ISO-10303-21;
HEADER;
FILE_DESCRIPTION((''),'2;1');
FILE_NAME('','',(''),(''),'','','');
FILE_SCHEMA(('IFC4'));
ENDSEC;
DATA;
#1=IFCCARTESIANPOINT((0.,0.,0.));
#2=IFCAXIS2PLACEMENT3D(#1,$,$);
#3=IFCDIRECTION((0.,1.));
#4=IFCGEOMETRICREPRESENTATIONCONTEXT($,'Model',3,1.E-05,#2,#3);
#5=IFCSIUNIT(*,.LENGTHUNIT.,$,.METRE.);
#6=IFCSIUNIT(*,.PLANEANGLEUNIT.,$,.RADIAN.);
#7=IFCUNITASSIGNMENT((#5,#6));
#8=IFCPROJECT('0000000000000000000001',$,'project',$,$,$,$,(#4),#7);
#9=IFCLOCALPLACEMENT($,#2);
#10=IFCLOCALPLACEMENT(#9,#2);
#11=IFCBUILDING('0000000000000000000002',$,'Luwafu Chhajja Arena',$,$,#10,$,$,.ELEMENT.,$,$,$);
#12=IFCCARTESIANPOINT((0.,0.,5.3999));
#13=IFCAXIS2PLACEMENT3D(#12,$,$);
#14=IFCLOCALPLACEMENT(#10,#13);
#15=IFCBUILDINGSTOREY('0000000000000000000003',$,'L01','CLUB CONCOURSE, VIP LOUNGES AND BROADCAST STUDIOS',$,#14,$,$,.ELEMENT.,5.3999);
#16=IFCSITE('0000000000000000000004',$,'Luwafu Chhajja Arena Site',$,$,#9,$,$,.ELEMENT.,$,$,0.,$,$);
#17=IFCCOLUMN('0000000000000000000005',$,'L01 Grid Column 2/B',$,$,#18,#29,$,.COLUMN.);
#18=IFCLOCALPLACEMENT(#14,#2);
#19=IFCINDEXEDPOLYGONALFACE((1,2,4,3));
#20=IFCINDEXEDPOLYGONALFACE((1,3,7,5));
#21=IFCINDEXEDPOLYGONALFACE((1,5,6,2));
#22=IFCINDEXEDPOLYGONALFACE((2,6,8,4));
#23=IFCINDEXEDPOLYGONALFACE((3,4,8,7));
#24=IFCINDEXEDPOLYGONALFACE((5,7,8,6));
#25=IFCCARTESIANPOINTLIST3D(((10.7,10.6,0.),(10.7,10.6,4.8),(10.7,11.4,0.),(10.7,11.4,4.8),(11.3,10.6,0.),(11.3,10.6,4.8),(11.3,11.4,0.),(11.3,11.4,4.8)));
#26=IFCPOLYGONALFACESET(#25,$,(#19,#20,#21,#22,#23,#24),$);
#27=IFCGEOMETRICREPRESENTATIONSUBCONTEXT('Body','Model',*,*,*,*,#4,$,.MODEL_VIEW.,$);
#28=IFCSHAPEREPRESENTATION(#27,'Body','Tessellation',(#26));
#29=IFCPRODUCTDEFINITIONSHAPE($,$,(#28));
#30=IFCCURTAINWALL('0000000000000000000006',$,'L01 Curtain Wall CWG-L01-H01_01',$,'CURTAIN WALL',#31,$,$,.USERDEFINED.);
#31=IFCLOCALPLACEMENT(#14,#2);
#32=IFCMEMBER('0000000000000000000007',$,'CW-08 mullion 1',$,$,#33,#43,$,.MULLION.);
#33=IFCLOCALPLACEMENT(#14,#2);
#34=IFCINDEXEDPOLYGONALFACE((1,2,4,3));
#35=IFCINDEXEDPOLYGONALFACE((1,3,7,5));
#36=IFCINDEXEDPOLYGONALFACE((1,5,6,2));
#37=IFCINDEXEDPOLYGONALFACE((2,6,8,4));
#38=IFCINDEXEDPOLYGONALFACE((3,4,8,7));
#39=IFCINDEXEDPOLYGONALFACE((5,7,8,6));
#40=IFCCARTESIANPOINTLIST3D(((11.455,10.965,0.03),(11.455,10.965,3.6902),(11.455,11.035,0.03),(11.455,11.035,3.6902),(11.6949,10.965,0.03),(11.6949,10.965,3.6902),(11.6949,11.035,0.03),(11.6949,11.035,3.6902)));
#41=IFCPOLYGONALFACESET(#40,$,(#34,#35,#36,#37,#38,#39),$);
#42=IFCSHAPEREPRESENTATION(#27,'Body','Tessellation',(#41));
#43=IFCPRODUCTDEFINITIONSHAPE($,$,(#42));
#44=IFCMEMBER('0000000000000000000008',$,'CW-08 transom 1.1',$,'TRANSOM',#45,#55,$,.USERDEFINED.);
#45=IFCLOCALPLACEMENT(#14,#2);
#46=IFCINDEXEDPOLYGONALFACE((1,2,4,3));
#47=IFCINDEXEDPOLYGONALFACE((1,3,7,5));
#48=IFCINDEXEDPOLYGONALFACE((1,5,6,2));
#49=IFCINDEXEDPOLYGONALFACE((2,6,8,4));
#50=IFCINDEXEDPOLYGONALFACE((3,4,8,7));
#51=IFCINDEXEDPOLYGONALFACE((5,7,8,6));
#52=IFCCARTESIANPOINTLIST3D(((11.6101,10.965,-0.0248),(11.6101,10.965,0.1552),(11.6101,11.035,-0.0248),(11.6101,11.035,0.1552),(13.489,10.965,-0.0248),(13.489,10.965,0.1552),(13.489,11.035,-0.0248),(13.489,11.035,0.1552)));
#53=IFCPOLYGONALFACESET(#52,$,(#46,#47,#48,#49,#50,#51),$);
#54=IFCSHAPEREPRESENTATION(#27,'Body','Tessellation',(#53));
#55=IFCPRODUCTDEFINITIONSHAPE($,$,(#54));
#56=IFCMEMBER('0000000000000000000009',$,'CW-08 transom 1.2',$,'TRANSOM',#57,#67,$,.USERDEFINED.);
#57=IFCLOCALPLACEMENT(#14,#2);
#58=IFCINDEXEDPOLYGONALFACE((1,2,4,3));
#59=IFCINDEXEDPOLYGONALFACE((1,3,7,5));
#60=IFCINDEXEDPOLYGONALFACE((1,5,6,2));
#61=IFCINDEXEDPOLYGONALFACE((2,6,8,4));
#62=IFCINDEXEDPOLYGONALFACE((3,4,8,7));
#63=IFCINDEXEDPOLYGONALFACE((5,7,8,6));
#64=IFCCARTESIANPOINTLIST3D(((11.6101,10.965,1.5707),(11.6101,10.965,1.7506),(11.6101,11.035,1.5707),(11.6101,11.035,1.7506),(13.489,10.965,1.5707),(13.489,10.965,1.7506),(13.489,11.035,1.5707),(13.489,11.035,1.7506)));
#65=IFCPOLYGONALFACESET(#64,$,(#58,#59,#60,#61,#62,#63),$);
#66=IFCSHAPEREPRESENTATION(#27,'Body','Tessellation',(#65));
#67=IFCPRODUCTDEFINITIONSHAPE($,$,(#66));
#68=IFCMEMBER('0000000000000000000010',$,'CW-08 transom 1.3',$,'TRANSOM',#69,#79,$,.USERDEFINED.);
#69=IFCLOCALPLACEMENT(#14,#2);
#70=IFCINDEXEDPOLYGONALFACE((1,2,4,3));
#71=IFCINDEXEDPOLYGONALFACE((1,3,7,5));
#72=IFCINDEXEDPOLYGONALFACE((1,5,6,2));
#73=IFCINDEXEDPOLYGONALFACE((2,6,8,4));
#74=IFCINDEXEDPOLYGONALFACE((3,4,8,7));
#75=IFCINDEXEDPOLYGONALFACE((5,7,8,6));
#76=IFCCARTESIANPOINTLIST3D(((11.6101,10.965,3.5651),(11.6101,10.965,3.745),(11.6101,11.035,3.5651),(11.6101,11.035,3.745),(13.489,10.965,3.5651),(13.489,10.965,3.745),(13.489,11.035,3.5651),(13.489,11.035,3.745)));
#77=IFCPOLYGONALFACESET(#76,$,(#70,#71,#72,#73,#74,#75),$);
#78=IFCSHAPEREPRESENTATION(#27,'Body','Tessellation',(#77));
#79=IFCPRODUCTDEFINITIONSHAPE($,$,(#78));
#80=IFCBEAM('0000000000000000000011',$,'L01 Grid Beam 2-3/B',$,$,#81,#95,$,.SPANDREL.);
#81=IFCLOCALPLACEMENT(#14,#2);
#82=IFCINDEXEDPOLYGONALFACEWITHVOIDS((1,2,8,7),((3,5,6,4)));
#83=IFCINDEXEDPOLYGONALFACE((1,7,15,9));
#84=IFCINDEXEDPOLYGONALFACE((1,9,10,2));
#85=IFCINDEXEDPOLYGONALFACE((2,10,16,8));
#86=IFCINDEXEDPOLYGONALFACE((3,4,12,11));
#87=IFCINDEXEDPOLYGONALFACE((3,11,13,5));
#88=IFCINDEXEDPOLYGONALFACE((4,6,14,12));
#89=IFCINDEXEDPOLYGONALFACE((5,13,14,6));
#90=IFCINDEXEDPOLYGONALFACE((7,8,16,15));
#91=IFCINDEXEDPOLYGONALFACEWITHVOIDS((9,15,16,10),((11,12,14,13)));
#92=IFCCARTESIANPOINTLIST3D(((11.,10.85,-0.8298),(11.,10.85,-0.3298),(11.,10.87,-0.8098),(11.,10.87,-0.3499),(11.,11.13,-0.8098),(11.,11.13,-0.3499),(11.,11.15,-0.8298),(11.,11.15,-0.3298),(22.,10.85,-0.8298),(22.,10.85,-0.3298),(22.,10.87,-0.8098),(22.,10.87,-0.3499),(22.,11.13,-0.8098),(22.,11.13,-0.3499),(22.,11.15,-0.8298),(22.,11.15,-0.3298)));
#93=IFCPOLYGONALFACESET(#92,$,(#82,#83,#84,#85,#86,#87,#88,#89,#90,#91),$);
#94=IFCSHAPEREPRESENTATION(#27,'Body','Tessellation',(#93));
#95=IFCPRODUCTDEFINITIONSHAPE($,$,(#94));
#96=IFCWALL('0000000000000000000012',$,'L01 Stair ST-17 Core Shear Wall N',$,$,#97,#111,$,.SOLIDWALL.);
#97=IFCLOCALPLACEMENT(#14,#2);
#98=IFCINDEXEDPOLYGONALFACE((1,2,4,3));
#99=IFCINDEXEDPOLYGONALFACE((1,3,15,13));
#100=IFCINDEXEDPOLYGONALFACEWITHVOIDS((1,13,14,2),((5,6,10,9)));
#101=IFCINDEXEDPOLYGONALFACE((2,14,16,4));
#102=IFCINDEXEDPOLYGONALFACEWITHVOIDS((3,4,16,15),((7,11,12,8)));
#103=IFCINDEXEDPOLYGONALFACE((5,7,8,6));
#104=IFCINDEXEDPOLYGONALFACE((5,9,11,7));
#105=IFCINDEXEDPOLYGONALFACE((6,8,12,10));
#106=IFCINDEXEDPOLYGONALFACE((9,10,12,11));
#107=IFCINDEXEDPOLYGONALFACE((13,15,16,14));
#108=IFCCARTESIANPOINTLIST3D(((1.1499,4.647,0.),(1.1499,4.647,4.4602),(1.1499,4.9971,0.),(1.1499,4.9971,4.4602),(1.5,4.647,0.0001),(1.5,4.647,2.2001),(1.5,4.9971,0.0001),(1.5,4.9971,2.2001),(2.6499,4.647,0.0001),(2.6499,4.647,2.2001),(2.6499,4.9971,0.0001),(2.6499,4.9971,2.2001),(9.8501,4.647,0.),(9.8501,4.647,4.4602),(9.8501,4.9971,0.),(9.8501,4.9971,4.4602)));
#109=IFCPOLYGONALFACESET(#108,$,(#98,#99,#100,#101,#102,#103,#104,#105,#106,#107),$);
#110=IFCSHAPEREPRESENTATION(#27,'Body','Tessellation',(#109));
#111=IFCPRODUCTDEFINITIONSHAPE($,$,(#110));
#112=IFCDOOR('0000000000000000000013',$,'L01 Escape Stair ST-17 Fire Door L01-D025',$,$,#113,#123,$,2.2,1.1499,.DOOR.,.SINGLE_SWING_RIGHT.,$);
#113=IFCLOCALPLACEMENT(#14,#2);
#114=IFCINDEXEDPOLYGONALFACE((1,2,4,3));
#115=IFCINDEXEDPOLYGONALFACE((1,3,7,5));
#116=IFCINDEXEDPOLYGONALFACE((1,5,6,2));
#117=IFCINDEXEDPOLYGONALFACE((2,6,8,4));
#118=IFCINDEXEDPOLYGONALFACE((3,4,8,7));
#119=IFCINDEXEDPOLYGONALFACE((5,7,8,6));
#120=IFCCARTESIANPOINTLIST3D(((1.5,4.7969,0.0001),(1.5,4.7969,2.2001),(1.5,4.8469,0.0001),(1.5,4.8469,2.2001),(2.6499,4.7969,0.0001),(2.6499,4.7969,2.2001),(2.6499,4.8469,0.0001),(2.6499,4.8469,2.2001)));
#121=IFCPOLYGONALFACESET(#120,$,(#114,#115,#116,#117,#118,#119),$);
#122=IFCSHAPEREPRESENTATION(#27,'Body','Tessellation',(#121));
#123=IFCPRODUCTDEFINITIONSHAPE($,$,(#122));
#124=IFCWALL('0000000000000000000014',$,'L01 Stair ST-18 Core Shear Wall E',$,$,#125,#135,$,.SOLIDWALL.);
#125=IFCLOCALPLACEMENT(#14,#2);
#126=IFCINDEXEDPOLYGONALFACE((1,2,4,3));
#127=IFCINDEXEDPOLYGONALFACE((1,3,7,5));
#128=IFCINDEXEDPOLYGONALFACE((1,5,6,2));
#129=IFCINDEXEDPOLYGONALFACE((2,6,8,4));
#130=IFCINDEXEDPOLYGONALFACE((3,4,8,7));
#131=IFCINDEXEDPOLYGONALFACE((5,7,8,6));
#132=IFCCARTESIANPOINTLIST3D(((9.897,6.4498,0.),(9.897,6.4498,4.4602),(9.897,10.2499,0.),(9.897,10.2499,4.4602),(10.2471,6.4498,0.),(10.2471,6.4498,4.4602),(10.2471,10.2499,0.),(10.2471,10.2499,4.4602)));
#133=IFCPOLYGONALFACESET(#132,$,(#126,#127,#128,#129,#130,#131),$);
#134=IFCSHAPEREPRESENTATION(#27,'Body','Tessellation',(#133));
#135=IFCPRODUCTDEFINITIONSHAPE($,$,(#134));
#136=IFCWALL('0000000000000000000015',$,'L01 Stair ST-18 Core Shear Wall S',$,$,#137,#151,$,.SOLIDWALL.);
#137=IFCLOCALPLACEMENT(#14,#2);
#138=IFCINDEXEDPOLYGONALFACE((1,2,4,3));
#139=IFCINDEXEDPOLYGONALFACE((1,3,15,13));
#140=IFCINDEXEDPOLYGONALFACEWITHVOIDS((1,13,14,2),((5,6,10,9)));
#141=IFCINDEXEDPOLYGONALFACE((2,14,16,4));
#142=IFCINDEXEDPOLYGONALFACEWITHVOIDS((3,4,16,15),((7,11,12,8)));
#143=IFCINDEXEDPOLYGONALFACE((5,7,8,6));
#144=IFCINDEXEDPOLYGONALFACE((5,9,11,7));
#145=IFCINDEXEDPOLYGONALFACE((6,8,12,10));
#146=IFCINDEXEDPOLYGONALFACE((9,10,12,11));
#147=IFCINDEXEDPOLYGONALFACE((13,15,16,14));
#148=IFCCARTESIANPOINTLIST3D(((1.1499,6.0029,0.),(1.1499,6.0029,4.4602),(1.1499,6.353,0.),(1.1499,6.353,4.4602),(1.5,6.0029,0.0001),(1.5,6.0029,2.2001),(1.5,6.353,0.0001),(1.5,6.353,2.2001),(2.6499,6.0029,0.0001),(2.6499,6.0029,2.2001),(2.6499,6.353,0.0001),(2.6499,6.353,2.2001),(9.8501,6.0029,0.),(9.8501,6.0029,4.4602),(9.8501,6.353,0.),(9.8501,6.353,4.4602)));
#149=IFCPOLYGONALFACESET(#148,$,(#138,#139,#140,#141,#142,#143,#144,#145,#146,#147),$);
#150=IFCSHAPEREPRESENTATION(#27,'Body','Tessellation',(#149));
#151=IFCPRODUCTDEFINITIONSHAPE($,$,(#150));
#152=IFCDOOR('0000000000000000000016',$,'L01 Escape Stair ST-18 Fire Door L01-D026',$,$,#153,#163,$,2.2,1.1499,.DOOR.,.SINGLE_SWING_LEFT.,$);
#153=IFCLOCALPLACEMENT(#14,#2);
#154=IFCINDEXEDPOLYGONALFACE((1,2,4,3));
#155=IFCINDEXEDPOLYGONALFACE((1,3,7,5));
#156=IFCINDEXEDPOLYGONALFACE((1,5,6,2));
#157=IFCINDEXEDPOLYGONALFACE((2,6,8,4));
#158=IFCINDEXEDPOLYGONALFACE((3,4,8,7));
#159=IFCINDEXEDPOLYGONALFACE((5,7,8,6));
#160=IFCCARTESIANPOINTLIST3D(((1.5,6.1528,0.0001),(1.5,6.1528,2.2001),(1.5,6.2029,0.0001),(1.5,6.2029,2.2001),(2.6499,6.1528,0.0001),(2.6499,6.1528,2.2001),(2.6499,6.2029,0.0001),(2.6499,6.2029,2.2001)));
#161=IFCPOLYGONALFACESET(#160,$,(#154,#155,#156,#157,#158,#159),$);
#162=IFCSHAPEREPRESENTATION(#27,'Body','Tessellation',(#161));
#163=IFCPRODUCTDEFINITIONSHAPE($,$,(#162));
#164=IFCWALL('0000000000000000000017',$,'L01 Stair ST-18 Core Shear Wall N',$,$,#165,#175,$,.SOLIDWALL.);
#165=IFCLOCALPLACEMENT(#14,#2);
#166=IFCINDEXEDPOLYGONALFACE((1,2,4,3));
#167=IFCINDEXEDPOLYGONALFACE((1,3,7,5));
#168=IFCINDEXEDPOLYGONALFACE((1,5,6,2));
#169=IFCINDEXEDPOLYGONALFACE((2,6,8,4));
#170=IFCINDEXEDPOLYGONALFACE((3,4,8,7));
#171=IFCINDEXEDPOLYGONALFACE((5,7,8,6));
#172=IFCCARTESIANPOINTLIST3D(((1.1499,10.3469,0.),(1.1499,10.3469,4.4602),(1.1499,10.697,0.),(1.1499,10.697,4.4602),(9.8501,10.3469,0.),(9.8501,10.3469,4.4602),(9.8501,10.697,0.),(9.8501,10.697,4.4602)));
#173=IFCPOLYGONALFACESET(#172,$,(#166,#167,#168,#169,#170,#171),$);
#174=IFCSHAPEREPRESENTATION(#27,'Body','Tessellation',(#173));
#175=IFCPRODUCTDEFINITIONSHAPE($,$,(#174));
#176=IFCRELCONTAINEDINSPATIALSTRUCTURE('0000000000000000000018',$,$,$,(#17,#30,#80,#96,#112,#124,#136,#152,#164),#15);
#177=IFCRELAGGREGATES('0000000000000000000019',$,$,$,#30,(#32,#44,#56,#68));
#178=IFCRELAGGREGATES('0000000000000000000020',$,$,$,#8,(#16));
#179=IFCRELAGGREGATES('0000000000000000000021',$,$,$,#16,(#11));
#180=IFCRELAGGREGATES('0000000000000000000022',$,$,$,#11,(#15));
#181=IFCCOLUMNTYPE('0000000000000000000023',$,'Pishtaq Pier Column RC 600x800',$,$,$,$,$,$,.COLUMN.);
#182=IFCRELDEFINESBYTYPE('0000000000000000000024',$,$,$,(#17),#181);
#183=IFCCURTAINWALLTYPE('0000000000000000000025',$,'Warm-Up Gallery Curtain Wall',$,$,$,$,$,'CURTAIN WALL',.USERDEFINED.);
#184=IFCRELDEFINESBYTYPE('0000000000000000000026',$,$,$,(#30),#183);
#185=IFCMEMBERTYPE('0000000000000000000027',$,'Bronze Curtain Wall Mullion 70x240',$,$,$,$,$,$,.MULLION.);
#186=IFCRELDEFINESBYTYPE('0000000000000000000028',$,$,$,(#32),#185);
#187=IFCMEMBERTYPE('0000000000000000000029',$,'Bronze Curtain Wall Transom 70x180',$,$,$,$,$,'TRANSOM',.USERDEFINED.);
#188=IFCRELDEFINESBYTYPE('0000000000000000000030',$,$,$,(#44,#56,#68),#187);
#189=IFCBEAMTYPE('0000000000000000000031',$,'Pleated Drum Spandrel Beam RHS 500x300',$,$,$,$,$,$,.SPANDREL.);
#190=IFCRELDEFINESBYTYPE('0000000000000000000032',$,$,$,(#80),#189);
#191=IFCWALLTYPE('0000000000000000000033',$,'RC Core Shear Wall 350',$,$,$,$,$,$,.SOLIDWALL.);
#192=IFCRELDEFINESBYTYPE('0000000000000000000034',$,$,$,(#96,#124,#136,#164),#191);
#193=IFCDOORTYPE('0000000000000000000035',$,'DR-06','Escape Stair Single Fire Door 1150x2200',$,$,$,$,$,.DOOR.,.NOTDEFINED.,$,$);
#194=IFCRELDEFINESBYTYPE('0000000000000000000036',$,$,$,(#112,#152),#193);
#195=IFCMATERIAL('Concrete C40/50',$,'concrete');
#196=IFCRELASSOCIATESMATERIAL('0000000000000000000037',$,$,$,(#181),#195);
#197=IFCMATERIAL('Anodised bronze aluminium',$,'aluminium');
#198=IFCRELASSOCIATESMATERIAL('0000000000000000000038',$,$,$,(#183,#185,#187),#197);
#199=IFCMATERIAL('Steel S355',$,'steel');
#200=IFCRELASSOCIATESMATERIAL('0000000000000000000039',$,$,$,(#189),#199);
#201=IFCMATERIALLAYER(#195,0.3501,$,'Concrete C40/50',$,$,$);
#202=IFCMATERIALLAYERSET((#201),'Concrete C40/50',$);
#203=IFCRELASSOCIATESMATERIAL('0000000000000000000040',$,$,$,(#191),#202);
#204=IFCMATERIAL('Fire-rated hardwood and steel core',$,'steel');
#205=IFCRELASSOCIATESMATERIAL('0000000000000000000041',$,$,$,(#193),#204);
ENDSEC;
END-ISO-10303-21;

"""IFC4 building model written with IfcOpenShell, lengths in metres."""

from ifc_helpers import new_model, si_unit, direction, frame, frame_2d, origin, origin_2d, place, context, subcontext, project, spatial, rectangle, hollow_rectangle, extrude, material, layer, layer_set, material_profile, profile_set, type_object, element, fill, aggregate, save


model = new_model("IFC4")

# Units and contexts
model_context = context("Model", 3, precision=1e-05, world=origin(), true_north=direction((0.0, 1.0)))
body_context = subcontext(model_context, "Body", "Model", "MODEL_VIEW")
ifc_project = project(units=[si_unit("LENGTHUNIT", "METRE"), si_unit("PLANEANGLEUNIT", "RADIAN")], contexts=[model_context])

# Site, building, storey
site_placement = place(None, origin())
site = spatial("IfcSite", under=ifc_project, at=site_placement, Name="Luwafu Chhajja Arena Site", CompositionType="ELEMENT", RefElevation=0.0)
building_placement = place(site_placement, origin())
building = spatial("IfcBuilding", under=site, at=building_placement, Name="Luwafu Chhajja Arena", CompositionType="ELEMENT")
storey_placement = place(building_placement, frame((0.0, 0.0, 5.3999)))
storey = spatial("IfcBuildingStorey", under=building, at=storey_placement, Name="L01", Description="CLUB CONCOURSE, VIP LOUNGES AND BROADCAST STUDIOS", CompositionType="ELEMENT", Elevation=5.3999)

# Column
ifc_material_1 = material(Name="Concrete C40/50", Category="concrete")
ifc_material_profile_1 = material_profile(ifc_material_1, rectangle(XDim=0.6001, YDim=0.8, at=origin_2d()), Name="RC 600x800")
ifc_profile_set_1 = profile_set([ifc_material_profile_1], Name="Concrete C40/50")
column_type = type_object("IfcColumnType", Name="Pishtaq Pier Column RC 600x800", PredefinedType="COLUMN", material=ifc_profile_set_1)
column_placement = place(storey_placement, frame((11.0, 11.0, 0.0), z_axis=(0.0, 0.0, 1.0), x_axis=(1.0, 0.0, 0.0)))
element("IfcColumn", 1, at=column_placement, inside=storey, type_object=column_type, Name="L01 Grid Column 2/B", PredefinedType="COLUMN", context=body_context, shape_type="SweptSolid", body=[
    extrude(rectangle(XDim=0.6001, YDim=0.8, at=origin_2d()), origin(), (0.0, 0.0, 1.0), 4.8),
])

# Curtain wall, members
ifc_material_2 = material(Name="Anodised bronze aluminium", Category="aluminium")
curtain_wall_type = type_object("IfcCurtainWallType", Name="Warm-Up Gallery Curtain Wall", ElementType="CURTAIN WALL", PredefinedType="USERDEFINED", material=ifc_material_2)
curtain_wall_placement = place(storey_placement, origin())
curtain_wall = element("IfcCurtainWall", 2, at=curtain_wall_placement, inside=storey, type_object=curtain_wall_type, Name="L01 Curtain Wall CWG-L01-H01_01", ObjectType="CURTAIN WALL", PredefinedType="USERDEFINED")
ifc_material_profile_2 = material_profile(ifc_material_2, rectangle(XDim=0.0701, YDim=0.24, at=origin_2d()), Name="CWM 70x240")
ifc_profile_set_2 = profile_set([ifc_material_profile_2], Name="Anodised bronze aluminium")
member_type_1 = type_object("IfcMemberType", Name="Bronze Curtain Wall Mullion 70x240", PredefinedType="MULLION", material=ifc_profile_set_2)
member_1_placement = place(storey_placement, frame((11.575, 11.0, 0.03), z_axis=(0.0, 0.0, 1.0), x_axis=(0.0, 1.0, 0.0)))
member_1 = element("IfcMember", 3, at=member_1_placement, type_object=member_type_1, Name="CW-08 mullion 1", PredefinedType="MULLION", context=body_context, shape_type="SweptSolid", body=[
    extrude(rectangle(XDim=0.0701, YDim=0.24, at=origin_2d()), origin(), (0.0, 0.0, 1.0), 3.6602),
])
ifc_material_profile_3 = material_profile(ifc_material_2, rectangle(XDim=0.0701, YDim=0.1799, at=origin_2d()), Name="CWT 70x180")
ifc_profile_set_3 = profile_set([ifc_material_profile_3], Name="Anodised bronze aluminium")
member_type_2 = type_object("IfcMemberType", Name="Bronze Curtain Wall Transom 70x180", ElementType="TRANSOM", PredefinedType="USERDEFINED", material=ifc_profile_set_3)
member_2_placement = place(storey_placement, frame((11.6101, 11.0, 0.0652), z_axis=(1.0, 0.0, 0.0), x_axis=(0.0, 1.0, 0.0)))
member_2 = element("IfcMember", 4, at=member_2_placement, type_object=member_type_2, Name="CW-08 transom 1.1", ObjectType="TRANSOM", PredefinedType="USERDEFINED", context=body_context, shape_type="SweptSolid", body=[
    extrude(rectangle(XDim=0.0701, YDim=0.1799, at=origin_2d()), origin(), (0.0, 0.0, 1.0), 1.8789),
])
member_3_placement = place(storey_placement, frame((11.6101, 11.0, 1.6606), z_axis=(1.0, 0.0, 0.0), x_axis=(0.0, 1.0, 0.0)))
member_3 = element("IfcMember", 5, at=member_3_placement, type_object=member_type_2, Name="CW-08 transom 1.2", ObjectType="TRANSOM", PredefinedType="USERDEFINED", context=body_context, shape_type="SweptSolid", body=[
    extrude(rectangle(XDim=0.0701, YDim=0.1799, at=origin_2d()), origin(), (0.0, 0.0, 1.0), 1.8789),
])
member_4_placement = place(storey_placement, frame((11.6101, 11.0, 3.655), z_axis=(1.0, 0.0, 0.0), x_axis=(0.0, 1.0, 0.0)))
member_4 = element("IfcMember", 6, at=member_4_placement, type_object=member_type_2, Name="CW-08 transom 1.3", ObjectType="TRANSOM", PredefinedType="USERDEFINED", context=body_context, shape_type="SweptSolid", body=[
    extrude(rectangle(XDim=0.0701, YDim=0.1799, at=origin_2d()), origin(), (0.0, 0.0, 1.0), 1.8789),
])
aggregate(curtain_wall, [member_1, member_2, member_3, member_4])

# Beam
ifc_material_3 = material(Name="Steel S355", Category="steel")
ifc_material_profile_4 = material_profile(ifc_material_3, hollow_rectangle(XDim=0.3, YDim=0.5, WallThickness=0.02, at=origin_2d()), Name="RHS 500x300x20")
ifc_profile_set_4 = profile_set([ifc_material_profile_4], Name="Steel S355")
beam_type = type_object("IfcBeamType", Name="Pleated Drum Spandrel Beam RHS 500x300", PredefinedType="SPANDREL", material=ifc_profile_set_4)
beam_placement = place(storey_placement, frame((11.0, 11.0, -0.5798), z_axis=(1.0, 0.0, 0.0), x_axis=(0.0, 1.0, 0.0)))
element("IfcBeam", 7, at=beam_placement, inside=storey, type_object=beam_type, Name="L01 Grid Beam 2-3/B", PredefinedType="SPANDREL", context=body_context, shape_type="SweptSolid", body=[
    extrude(hollow_rectangle(XDim=0.3, YDim=0.5, WallThickness=0.02, at=origin_2d()), origin(), (0.0, 0.0, 1.0), 11.0),
])

# Wall, opening, door
ifc_layer_1 = layer(ifc_material_1, 0.3501, Name="Concrete C40/50")
ifc_layer_set_1 = layer_set([ifc_layer_1], Name="Concrete C40/50")
wall_type = type_object("IfcWallType", Name="RC Core Shear Wall 350", PredefinedType="SOLIDWALL", material=ifc_layer_set_1)
wall_1_placement = place(storey_placement, frame((1.1499, 4.822, 0.0), z_axis=(0.0, 0.0, 1.0), x_axis=(1.0, 0.0, 0.0)))
wall_1 = element("IfcWall", 8, at=wall_1_placement, inside=storey, type_object=wall_type, Name="L01 Stair ST-17 Core Shear Wall N", PredefinedType="SOLIDWALL", context=body_context, shape_type="SweptSolid", body=[
    extrude(rectangle(XDim=8.7002, YDim=0.3501, at=frame_2d((4.3501, 0.0))), origin(), (0.0, 0.0, 1.0), 4.4602),
])
opening_1_placement = place(wall_1_placement, frame((0.3501, 0.0, 0.0)))
opening_1 = element("IfcOpeningElement", 9, at=opening_1_placement, cuts=wall_1, PredefinedType="OPENING", context=body_context, shape_type="SweptSolid", body=[
    extrude(rectangle(XDim=1.1499, YDim=2.2, at=frame_2d((0.575, 1.1001))), frame((0.0, 0.1851, 0.0), z_axis=(0.0, -1.0, 0.0), x_axis=(1.0, 0.0, 0.0)), (0.0, 0.0, 1.0), 0.3701),
])
ifc_material_4 = material(Name="Fire-rated hardwood and steel core", Category="steel")
door_type = type_object("IfcDoorType", Name="DR-06", Description="Escape Stair Single Fire Door 1150x2200", OperationType="NOTDEFINED", PredefinedType="DOOR", material=ifc_material_4)
door_1_placement = place(opening_1_placement, origin())
door_1 = element("IfcDoor", 10, at=door_1_placement, inside=storey, type_object=door_type, Name="L01 Escape Stair ST-17 Fire Door L01-D025", OperationType="SINGLE_SWING_RIGHT", OverallHeight=2.2, OverallWidth=1.1499, PredefinedType="DOOR", context=body_context, shape_type="SweptSolid", body=[
    extrude(rectangle(XDim=1.1499, YDim=2.2, at=frame_2d((0.575, 1.1001))), frame((0.0, 0.0249, 0.0), z_axis=(0.0, -1.0, 0.0), x_axis=(1.0, 0.0, 0.0)), (0.0, 0.0, 1.0), 0.05),
])
fill(opening_1, door_1)

# Wall
wall_2_placement = place(storey_placement, frame((10.072, 6.45, 0.0), z_axis=(0.0, 0.0, 1.0), x_axis=(0.0, 1.0, 0.0)))
element("IfcWall", 11, at=wall_2_placement, inside=storey, type_object=wall_type, Name="L01 Stair ST-18 Core Shear Wall E", PredefinedType="SOLIDWALL", context=body_context, shape_type="SweptSolid", body=[
    extrude(rectangle(XDim=3.8, YDim=0.3501, at=frame_2d((1.8999, 0.0))), origin(), (0.0, 0.0, 1.0), 4.4602),
])

# Wall, opening, door
wall_3_placement = place(storey_placement, frame((1.1499, 6.178, 0.0), z_axis=(0.0, 0.0, 1.0), x_axis=(1.0, 0.0, 0.0)))
wall_3 = element("IfcWall", 12, at=wall_3_placement, inside=storey, type_object=wall_type, Name="L01 Stair ST-18 Core Shear Wall S", PredefinedType="SOLIDWALL", context=body_context, shape_type="SweptSolid", body=[
    extrude(rectangle(XDim=8.7002, YDim=0.3501, at=frame_2d((4.3501, 0.0))), origin(), (0.0, 0.0, 1.0), 4.4602),
])
opening_2_placement = place(wall_3_placement, frame((0.3501, 0.0, 0.0)))
opening_2 = element("IfcOpeningElement", 13, at=opening_2_placement, cuts=wall_3, PredefinedType="OPENING", context=body_context, shape_type="SweptSolid", body=[
    extrude(rectangle(XDim=1.1499, YDim=2.2, at=frame_2d((0.575, 1.1001))), frame((0.0, 0.1851, 0.0), z_axis=(0.0, -1.0, 0.0), x_axis=(1.0, 0.0, 0.0)), (0.0, 0.0, 1.0), 0.3701),
])
door_2_placement = place(opening_2_placement, origin())
door_2 = element("IfcDoor", 14, at=door_2_placement, inside=storey, type_object=door_type, Name="L01 Escape Stair ST-18 Fire Door L01-D026", OperationType="SINGLE_SWING_LEFT", OverallHeight=2.2, OverallWidth=1.1499, PredefinedType="DOOR", context=body_context, shape_type="SweptSolid", body=[
    extrude(rectangle(XDim=1.1499, YDim=2.2, at=frame_2d((0.575, 1.1001))), frame((0.0, 0.0249, 0.0), z_axis=(0.0, -1.0, 0.0), x_axis=(1.0, 0.0, 0.0)), (0.0, 0.0, 1.0), 0.05),
])
fill(opening_2, door_2)

# Wall
wall_4_placement = place(storey_placement, frame((1.1499, 10.522, 0.0), z_axis=(0.0, 0.0, 1.0), x_axis=(1.0, 0.0, 0.0)))
element("IfcWall", 15, at=wall_4_placement, inside=storey, type_object=wall_type, Name="L01 Stair ST-18 Core Shear Wall N", PredefinedType="SOLIDWALL", context=body_context, shape_type="SweptSolid", body=[
    extrude(rectangle(XDim=8.7002, YDim=0.3501, at=frame_2d((4.3501, 0.0))), origin(), (0.0, 0.0, 1.0), 4.4602),
])

save(model, "model.ifc")
